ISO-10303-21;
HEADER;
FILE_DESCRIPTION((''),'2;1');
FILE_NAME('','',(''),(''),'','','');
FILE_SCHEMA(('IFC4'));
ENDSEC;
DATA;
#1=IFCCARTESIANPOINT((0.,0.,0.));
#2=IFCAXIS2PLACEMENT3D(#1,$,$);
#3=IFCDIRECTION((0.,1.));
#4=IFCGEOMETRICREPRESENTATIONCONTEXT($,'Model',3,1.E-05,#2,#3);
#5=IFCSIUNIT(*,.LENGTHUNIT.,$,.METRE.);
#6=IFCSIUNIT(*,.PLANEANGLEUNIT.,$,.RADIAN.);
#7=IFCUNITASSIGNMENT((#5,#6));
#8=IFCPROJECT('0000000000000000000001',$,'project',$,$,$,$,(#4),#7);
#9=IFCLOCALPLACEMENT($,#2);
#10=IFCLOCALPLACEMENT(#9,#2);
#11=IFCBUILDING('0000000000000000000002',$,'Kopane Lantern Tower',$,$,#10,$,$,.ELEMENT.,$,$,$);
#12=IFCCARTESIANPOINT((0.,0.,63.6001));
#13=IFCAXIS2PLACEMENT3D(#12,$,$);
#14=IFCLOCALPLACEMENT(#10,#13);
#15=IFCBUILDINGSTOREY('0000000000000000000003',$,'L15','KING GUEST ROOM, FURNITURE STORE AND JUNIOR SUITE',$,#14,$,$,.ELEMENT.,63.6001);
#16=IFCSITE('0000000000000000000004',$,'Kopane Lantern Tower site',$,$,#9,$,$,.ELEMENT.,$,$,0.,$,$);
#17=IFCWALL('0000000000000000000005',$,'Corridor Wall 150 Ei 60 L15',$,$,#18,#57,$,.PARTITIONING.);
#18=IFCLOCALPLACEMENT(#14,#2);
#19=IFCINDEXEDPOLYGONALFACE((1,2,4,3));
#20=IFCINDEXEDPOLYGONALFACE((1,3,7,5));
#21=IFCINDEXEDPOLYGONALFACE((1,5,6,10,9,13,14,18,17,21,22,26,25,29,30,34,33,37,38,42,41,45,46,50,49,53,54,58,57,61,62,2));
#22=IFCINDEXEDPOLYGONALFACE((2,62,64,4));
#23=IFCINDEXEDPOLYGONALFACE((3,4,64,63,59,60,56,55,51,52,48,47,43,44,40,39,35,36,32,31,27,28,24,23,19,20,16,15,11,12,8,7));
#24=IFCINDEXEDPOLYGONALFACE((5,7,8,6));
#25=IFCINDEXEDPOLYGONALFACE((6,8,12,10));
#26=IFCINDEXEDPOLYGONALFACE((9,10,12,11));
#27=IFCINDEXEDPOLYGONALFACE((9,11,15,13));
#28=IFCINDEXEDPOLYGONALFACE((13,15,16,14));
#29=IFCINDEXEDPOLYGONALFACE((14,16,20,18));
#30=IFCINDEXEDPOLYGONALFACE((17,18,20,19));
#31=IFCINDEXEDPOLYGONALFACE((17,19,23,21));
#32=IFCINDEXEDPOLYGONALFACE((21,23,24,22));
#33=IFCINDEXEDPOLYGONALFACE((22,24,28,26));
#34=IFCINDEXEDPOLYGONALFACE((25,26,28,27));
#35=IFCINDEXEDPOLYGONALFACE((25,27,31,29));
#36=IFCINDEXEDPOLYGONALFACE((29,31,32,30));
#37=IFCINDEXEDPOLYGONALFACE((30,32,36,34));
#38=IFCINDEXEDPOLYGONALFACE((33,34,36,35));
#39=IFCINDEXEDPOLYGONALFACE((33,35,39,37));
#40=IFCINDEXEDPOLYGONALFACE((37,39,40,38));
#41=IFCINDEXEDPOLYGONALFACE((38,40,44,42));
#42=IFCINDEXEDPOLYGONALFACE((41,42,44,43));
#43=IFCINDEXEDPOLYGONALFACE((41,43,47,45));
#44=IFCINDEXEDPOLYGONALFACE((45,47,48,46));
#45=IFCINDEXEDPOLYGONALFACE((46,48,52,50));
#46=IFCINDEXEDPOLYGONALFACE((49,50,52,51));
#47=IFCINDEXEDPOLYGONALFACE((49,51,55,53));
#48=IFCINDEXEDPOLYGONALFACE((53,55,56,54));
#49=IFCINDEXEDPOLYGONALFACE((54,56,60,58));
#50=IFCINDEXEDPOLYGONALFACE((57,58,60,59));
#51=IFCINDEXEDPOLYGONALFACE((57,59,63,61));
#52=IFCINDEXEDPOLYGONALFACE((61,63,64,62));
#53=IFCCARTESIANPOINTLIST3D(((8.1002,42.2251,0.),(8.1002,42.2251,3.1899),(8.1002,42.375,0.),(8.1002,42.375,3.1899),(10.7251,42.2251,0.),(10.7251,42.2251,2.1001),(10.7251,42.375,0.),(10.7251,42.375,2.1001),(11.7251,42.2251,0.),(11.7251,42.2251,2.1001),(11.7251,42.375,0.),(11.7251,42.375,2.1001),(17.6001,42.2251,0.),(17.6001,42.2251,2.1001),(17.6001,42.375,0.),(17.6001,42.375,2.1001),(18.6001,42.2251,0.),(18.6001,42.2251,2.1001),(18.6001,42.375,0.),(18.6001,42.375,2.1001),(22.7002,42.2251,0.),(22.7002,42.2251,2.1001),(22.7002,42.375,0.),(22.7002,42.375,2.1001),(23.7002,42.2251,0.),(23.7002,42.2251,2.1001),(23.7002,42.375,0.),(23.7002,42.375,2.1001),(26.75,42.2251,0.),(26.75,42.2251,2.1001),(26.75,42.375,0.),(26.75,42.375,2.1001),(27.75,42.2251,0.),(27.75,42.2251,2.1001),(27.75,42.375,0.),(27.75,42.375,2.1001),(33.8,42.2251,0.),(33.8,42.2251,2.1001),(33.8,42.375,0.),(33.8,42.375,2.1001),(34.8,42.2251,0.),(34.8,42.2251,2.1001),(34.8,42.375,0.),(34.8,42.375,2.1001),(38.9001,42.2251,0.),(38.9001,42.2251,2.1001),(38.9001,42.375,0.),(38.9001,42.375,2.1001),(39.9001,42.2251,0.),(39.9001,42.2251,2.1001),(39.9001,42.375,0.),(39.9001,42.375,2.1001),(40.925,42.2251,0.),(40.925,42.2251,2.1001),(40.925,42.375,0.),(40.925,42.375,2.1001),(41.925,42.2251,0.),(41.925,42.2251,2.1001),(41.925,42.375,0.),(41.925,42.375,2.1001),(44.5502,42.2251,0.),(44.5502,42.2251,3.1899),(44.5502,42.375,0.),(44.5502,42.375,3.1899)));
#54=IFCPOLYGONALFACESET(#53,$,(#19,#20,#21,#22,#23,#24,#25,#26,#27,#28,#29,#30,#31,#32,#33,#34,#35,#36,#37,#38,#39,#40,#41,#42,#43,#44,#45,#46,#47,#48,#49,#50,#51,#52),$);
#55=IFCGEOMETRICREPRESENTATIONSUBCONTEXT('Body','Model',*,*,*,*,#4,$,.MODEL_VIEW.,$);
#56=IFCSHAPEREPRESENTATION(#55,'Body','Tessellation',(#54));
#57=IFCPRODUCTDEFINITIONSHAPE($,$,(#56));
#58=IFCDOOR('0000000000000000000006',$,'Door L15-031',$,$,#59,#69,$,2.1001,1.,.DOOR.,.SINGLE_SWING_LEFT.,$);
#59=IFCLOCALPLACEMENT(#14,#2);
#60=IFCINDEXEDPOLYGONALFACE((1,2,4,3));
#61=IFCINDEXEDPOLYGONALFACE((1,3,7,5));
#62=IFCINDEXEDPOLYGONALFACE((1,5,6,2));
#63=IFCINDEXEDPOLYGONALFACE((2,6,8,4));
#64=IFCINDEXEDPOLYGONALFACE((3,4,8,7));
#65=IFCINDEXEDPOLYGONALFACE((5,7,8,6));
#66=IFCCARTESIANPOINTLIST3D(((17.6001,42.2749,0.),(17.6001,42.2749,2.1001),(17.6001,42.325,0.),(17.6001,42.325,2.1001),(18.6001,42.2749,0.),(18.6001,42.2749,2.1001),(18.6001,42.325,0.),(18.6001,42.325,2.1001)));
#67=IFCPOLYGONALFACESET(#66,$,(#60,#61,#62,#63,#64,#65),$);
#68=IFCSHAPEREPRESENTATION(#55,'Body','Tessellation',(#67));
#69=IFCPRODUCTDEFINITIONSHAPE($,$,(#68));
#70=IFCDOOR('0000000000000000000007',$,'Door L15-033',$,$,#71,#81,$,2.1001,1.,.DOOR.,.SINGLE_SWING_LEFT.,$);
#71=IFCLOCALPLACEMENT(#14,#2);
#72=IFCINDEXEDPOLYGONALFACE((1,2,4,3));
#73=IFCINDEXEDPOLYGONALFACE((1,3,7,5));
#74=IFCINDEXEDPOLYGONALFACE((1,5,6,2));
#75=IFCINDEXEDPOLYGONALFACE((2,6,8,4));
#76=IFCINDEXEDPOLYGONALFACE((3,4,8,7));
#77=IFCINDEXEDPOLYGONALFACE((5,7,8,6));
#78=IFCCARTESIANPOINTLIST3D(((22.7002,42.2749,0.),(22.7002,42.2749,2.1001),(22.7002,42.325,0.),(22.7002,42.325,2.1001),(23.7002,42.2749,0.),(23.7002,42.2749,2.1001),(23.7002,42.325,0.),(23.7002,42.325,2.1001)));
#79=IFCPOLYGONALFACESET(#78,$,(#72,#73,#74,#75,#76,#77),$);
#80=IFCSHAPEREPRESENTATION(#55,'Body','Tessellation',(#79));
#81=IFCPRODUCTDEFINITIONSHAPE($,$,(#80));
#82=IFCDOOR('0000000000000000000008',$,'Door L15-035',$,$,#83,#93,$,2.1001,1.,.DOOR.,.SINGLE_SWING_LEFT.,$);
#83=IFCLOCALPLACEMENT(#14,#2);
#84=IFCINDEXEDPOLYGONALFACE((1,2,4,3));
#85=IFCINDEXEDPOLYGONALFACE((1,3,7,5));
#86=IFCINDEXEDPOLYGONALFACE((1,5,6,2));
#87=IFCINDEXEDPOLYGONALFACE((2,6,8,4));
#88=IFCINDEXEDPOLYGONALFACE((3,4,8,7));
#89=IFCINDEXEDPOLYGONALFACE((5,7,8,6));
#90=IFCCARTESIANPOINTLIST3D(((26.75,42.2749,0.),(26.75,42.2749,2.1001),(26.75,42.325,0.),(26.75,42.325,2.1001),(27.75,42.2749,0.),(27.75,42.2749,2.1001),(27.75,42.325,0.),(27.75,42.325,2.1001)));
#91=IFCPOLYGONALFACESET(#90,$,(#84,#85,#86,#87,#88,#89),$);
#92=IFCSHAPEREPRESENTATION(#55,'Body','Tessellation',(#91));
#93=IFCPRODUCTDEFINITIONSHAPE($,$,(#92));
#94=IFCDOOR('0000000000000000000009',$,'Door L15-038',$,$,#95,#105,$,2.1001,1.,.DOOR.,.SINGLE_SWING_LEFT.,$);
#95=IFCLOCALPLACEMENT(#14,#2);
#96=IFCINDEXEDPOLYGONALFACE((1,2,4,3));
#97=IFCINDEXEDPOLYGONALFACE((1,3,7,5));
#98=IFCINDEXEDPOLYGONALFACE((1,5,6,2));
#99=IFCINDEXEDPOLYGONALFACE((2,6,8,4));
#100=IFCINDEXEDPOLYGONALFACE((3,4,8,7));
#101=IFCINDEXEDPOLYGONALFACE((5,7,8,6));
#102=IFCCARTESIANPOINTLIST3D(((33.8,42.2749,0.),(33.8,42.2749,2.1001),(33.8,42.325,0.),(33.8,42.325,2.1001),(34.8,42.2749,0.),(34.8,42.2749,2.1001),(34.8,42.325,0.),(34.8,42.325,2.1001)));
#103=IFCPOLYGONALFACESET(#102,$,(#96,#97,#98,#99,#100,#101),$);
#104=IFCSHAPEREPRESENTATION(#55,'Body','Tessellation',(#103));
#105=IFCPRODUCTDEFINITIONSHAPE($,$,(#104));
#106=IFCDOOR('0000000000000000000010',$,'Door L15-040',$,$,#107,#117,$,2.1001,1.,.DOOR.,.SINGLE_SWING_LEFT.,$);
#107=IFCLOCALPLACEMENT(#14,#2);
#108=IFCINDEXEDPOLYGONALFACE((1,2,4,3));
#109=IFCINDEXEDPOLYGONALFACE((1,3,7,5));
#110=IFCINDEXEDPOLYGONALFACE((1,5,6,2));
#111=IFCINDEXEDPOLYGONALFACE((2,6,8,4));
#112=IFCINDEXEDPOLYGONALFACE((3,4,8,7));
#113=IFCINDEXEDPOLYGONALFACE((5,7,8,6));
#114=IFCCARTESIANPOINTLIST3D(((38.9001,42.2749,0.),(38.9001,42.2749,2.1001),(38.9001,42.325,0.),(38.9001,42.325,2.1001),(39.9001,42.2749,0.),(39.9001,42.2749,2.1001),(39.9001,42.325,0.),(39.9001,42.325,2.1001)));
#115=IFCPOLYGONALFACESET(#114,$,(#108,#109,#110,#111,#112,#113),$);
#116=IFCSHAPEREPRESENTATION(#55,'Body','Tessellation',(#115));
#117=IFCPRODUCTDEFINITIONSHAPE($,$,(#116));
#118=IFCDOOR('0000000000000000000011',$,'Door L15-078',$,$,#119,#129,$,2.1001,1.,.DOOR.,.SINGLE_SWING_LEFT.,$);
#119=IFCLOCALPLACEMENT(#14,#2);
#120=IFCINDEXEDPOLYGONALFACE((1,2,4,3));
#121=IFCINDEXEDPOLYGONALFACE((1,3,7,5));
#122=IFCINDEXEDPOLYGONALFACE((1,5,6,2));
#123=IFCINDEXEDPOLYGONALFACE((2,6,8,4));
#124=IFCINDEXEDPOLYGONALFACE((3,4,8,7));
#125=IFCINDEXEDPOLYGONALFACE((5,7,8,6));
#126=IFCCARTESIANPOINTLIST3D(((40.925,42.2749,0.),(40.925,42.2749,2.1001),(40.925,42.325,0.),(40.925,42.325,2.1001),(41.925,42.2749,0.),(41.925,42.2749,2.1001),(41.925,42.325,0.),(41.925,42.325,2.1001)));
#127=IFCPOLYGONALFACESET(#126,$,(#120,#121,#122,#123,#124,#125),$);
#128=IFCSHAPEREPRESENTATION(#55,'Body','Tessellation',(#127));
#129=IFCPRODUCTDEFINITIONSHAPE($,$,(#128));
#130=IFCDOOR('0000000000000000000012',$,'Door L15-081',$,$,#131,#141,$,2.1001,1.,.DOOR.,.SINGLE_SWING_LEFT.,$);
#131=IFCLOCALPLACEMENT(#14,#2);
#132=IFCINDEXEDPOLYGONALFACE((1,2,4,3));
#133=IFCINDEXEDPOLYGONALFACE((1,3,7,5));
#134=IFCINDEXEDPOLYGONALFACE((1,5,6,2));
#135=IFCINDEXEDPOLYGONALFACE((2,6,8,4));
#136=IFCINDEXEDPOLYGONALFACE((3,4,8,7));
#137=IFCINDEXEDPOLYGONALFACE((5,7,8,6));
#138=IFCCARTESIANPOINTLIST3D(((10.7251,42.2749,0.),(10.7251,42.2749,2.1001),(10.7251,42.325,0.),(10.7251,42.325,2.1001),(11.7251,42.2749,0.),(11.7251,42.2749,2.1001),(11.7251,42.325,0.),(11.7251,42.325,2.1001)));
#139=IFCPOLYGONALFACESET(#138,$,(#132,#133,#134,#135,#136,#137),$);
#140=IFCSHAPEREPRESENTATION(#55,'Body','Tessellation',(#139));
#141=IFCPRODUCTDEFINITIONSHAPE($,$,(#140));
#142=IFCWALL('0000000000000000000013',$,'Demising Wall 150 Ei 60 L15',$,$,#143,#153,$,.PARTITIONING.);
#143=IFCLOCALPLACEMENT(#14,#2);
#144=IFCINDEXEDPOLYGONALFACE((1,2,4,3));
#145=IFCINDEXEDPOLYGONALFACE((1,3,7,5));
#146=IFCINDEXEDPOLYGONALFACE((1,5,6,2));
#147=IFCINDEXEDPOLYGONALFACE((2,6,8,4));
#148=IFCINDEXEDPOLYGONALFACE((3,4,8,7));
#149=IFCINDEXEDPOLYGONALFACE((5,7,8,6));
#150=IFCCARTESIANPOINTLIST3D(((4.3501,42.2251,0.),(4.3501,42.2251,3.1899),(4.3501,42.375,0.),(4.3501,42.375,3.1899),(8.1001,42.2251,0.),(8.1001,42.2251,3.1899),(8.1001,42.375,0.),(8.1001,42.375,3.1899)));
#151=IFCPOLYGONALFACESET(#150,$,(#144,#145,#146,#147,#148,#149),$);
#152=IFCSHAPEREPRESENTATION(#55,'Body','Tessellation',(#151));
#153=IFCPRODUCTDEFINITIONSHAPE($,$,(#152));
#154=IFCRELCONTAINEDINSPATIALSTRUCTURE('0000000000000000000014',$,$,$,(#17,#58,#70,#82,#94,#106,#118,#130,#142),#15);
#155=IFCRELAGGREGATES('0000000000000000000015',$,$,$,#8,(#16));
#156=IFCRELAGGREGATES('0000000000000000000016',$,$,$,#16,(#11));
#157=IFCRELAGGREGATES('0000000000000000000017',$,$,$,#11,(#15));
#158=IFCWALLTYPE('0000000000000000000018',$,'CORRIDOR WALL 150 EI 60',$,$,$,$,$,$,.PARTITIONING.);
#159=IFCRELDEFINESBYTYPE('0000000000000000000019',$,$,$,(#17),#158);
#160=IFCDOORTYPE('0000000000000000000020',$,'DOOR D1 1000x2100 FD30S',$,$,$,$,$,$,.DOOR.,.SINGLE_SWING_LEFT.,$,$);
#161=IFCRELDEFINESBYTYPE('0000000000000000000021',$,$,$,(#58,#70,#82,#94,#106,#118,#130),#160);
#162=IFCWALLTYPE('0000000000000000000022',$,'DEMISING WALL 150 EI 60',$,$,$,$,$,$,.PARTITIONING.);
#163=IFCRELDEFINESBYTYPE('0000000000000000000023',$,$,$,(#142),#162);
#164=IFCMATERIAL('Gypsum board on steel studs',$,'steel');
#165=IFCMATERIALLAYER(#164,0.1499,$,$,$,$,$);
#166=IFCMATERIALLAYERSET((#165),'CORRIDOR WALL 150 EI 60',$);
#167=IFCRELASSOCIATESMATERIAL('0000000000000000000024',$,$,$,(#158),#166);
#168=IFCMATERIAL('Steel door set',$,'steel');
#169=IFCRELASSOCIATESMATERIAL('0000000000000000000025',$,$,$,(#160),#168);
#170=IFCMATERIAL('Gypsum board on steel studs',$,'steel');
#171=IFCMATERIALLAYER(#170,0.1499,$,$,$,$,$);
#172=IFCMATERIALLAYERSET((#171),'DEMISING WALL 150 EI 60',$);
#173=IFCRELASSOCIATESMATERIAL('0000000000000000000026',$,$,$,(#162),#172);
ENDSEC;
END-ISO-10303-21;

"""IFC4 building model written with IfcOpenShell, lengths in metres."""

from ifc_helpers import new_model, si_unit, direction, frame, frame_2d, origin, place, context, subcontext, project, spatial, rectangle, extrude, material, layer, layer_set, type_object, element, fill, save


model = new_model("IFC4")

# Units and contexts
model_context = context("Model", 3, precision=1e-05, world=origin(), true_north=direction((0.0, 1.0)))
body_context = subcontext(model_context, "Body", "Model", "MODEL_VIEW")
ifc_project = project(units=[si_unit("LENGTHUNIT", "METRE"), si_unit("PLANEANGLEUNIT", "RADIAN")], contexts=[model_context])

# Site, building, storey
site_placement = place(None, origin())
site = spatial("IfcSite", under=ifc_project, at=site_placement, Name="Kopane Lantern Tower site", CompositionType="ELEMENT", RefElevation=0.0)
building_placement = place(site_placement, origin())
building = spatial("IfcBuilding", under=site, at=building_placement, Name="Kopane Lantern Tower", CompositionType="ELEMENT")
storey_placement = place(building_placement, frame((0.0, 0.0, 63.6001)))
storey = spatial("IfcBuildingStorey", under=building, at=storey_placement, Name="L15", Description="KING GUEST ROOM, FURNITURE STORE AND JUNIOR SUITE", CompositionType="ELEMENT", Elevation=63.6001)

# Wall, openings, doors
ifc_material_1 = material(Name="Gypsum board on steel studs", Category="steel")
ifc_layer_1 = layer(ifc_material_1, 0.1499)
ifc_layer_set_1 = layer_set([ifc_layer_1], Name="CORRIDOR WALL 150 EI 60")
wall_type_1 = type_object("IfcWallType", Name="CORRIDOR WALL 150 EI 60", PredefinedType="PARTITIONING", material=ifc_layer_set_1)
wall_1_placement = place(storey_placement, frame((8.1001, 42.3, 0.0), z_axis=(0.0, 0.0, 1.0), x_axis=(1.0, 0.0, 0.0)))
wall_1 = element("IfcWall", 1, at=wall_1_placement, inside=storey, type_object=wall_type_1, Name="Corridor Wall 150 Ei 60 L15", PredefinedType="PARTITIONING", context=body_context, shape_type="SweptSolid", body=[
    extrude(rectangle(XDim=36.45, YDim=0.1499, at=frame_2d((18.2251, 0.0))), origin(), (0.0, 0.0, 1.0), 3.1899),
])
opening_1_placement = place(wall_1_placement, frame((9.5, 0.0, 0.0)))
opening_1 = element("IfcOpeningElement", 2, at=opening_1_placement, cuts=wall_1, PredefinedType="OPENING", context=body_context, shape_type="SweptSolid", body=[
    extrude(rectangle(XDim=1.0, YDim=2.1001, at=frame_2d((0.5, 1.05))), frame((0.0, 0.085, 0.0), z_axis=(0.0, -1.0, 0.0), x_axis=(1.0, 0.0, 0.0)), (0.0, 0.0, 1.0), 0.1699),
])
opening_2_placement = place(wall_1_placement, frame((14.6001, 0.0, 0.0)))
opening_2 = element("IfcOpeningElement", 3, at=opening_2_placement, cuts=wall_1, PredefinedType="OPENING", context=body_context, shape_type="SweptSolid", body=[
    extrude(rectangle(XDim=1.0, YDim=2.1001, at=frame_2d((0.5, 1.05))), frame((0.0, 0.085, 0.0), z_axis=(0.0, -1.0, 0.0), x_axis=(1.0, 0.0, 0.0)), (0.0, 0.0, 1.0), 0.1699),
])
opening_3_placement = place(wall_1_placement, frame((18.6499, 0.0, 0.0)))
opening_3 = element("IfcOpeningElement", 4, at=opening_3_placement, cuts=wall_1, PredefinedType="OPENING", context=body_context, shape_type="SweptSolid", body=[
    extrude(rectangle(XDim=1.0, YDim=2.1001, at=frame_2d((0.5, 1.05))), frame((0.0, 0.085, 0.0), z_axis=(0.0, -1.0, 0.0), x_axis=(1.0, 0.0, 0.0)), (0.0, 0.0, 1.0), 0.1699),
])
opening_4_placement = place(wall_1_placement, frame((25.7, 0.0, 0.0)))
opening_4 = element("IfcOpeningElement", 5, at=opening_4_placement, cuts=wall_1, PredefinedType="OPENING", context=body_context, shape_type="SweptSolid", body=[
    extrude(rectangle(XDim=1.0, YDim=2.1001, at=frame_2d((0.5, 1.05))), frame((0.0, 0.085, 0.0), z_axis=(0.0, -1.0, 0.0), x_axis=(1.0, 0.0, 0.0)), (0.0, 0.0, 1.0), 0.1699),
])
opening_5_placement = place(wall_1_placement, frame((30.8, 0.0, 0.0)))
opening_5 = element("IfcOpeningElement", 6, at=opening_5_placement, cuts=wall_1, PredefinedType="OPENING", context=body_context, shape_type="SweptSolid", body=[
    extrude(rectangle(XDim=1.0, YDim=2.1001, at=frame_2d((0.5, 1.05))), frame((0.0, 0.085, 0.0), z_axis=(0.0, -1.0, 0.0), x_axis=(1.0, 0.0, 0.0)), (0.0, 0.0, 1.0), 0.1699),
])
opening_6_placement = place(wall_1_placement, frame((32.825, 0.0, 0.0)))
opening_6 = element("IfcOpeningElement", 7, at=opening_6_placement, cuts=wall_1, PredefinedType="OPENING", context=body_context, shape_type="SweptSolid", body=[
    extrude(rectangle(XDim=1.0, YDim=2.1001, at=frame_2d((0.5, 1.05))), frame((0.0, 0.085, 0.0), z_axis=(0.0, -1.0, 0.0), x_axis=(1.0, 0.0, 0.0)), (0.0, 0.0, 1.0), 0.1699),
])
opening_7_placement = place(wall_1_placement, frame((2.625, 0.0, 0.0)))
opening_7 = element("IfcOpeningElement", 8, at=opening_7_placement, cuts=wall_1, PredefinedType="OPENING", context=body_context, shape_type="SweptSolid", body=[
    extrude(rectangle(XDim=1.0, YDim=2.1001, at=frame_2d((0.5, 1.05))), frame((0.0, 0.085, 0.0), z_axis=(0.0, -1.0, 0.0), x_axis=(1.0, 0.0, 0.0)), (0.0, 0.0, 1.0), 0.1699),
])
ifc_material_2 = material(Name="Steel door set", Category="steel")
door_type = type_object("IfcDoorType", Name="DOOR D1 1000x2100 FD30S", OperationType="SINGLE_SWING_LEFT", PredefinedType="DOOR", material=ifc_material_2)
door_1_placement = place(opening_1_placement, origin())
door_1 = element("IfcDoor", 9, at=door_1_placement, inside=storey, type_object=door_type, Name="Door L15-031", OperationType="SINGLE_SWING_LEFT", OverallHeight=2.1001, OverallWidth=1.0, PredefinedType="DOOR", context=body_context, shape_type="SweptSolid", body=[
    extrude(rectangle(XDim=1.0, YDim=2.1001, at=frame_2d((0.5, 1.05))), frame((0.0, 0.0249, 0.0), z_axis=(0.0, -1.0, 0.0), x_axis=(1.0, 0.0, 0.0)), (0.0, 0.0, 1.0), 0.05),
])
fill(opening_1, door_1)
door_2_placement = place(opening_2_placement, origin())
door_2 = element("IfcDoor", 10, at=door_2_placement, inside=storey, type_object=door_type, Name="Door L15-033", OperationType="SINGLE_SWING_LEFT", OverallHeight=2.1001, OverallWidth=1.0, PredefinedType="DOOR", context=body_context, shape_type="SweptSolid", body=[
    extrude(rectangle(XDim=1.0, YDim=2.1001, at=frame_2d((0.5, 1.05))), frame((0.0, 0.0249, 0.0), z_axis=(0.0, -1.0, 0.0), x_axis=(1.0, 0.0, 0.0)), (0.0, 0.0, 1.0), 0.05),
])
fill(opening_2, door_2)
door_3_placement = place(opening_3_placement, origin())
door_3 = element("IfcDoor", 11, at=door_3_placement, inside=storey, type_object=door_type, Name="Door L15-035", OperationType="SINGLE_SWING_LEFT", OverallHeight=2.1001, OverallWidth=1.0, PredefinedType="DOOR", context=body_context, shape_type="SweptSolid", body=[
    extrude(rectangle(XDim=1.0, YDim=2.1001, at=frame_2d((0.5, 1.05))), frame((0.0, 0.0249, 0.0), z_axis=(0.0, -1.0, 0.0), x_axis=(1.0, 0.0, 0.0)), (0.0, 0.0, 1.0), 0.05),
])
fill(opening_3, door_3)
door_4_placement = place(opening_4_placement, origin())
door_4 = element("IfcDoor", 12, at=door_4_placement, inside=storey, type_object=door_type, Name="Door L15-038", OperationType="SINGLE_SWING_LEFT", OverallHeight=2.1001, OverallWidth=1.0, PredefinedType="DOOR", context=body_context, shape_type="SweptSolid", body=[
    extrude(rectangle(XDim=1.0, YDim=2.1001, at=frame_2d((0.5, 1.05))), frame((0.0, 0.0249, 0.0), z_axis=(0.0, -1.0, 0.0), x_axis=(1.0, 0.0, 0.0)), (0.0, 0.0, 1.0), 0.05),
])
fill(opening_4, door_4)
door_5_placement = place(opening_5_placement, origin())
door_5 = element("IfcDoor", 13, at=door_5_placement, inside=storey, type_object=door_type, Name="Door L15-040", OperationType="SINGLE_SWING_LEFT", OverallHeight=2.1001, OverallWidth=1.0, PredefinedType="DOOR", context=body_context, shape_type="SweptSolid", body=[
    extrude(rectangle(XDim=1.0, YDim=2.1001, at=frame_2d((0.5, 1.05))), frame((0.0, 0.0249, 0.0), z_axis=(0.0, -1.0, 0.0), x_axis=(1.0, 0.0, 0.0)), (0.0, 0.0, 1.0), 0.05),
])
fill(opening_5, door_5)
door_6_placement = place(opening_6_placement, origin())
door_6 = element("IfcDoor", 14, at=door_6_placement, inside=storey, type_object=door_type, Name="Door L15-078", OperationType="SINGLE_SWING_LEFT", OverallHeight=2.1001, OverallWidth=1.0, PredefinedType="DOOR", context=body_context, shape_type="SweptSolid", body=[
    extrude(rectangle(XDim=1.0, YDim=2.1001, at=frame_2d((0.5, 1.05))), frame((0.0, 0.0249, 0.0), z_axis=(0.0, -1.0, 0.0), x_axis=(1.0, 0.0, 0.0)), (0.0, 0.0, 1.0), 0.05),
])
fill(opening_6, door_6)
door_7_placement = place(opening_7_placement, origin())
door_7 = element("IfcDoor", 15, at=door_7_placement, inside=storey, type_object=door_type, Name="Door L15-081", OperationType="SINGLE_SWING_LEFT", OverallHeight=2.1001, OverallWidth=1.0, PredefinedType="DOOR", context=body_context, shape_type="SweptSolid", body=[
    extrude(rectangle(XDim=1.0, YDim=2.1001, at=frame_2d((0.5, 1.05))), frame((0.0, 0.0249, 0.0), z_axis=(0.0, -1.0, 0.0), x_axis=(1.0, 0.0, 0.0)), (0.0, 0.0, 1.0), 0.05),
])
fill(opening_7, door_7)

# Wall
ifc_material_3 = material(Name="Gypsum board on steel studs", Category="steel")
ifc_layer_2 = layer(ifc_material_3, 0.1499)
ifc_layer_set_2 = layer_set([ifc_layer_2], Name="DEMISING WALL 150 EI 60")
wall_type_2 = type_object("IfcWallType", Name="DEMISING WALL 150 EI 60", PredefinedType="PARTITIONING", material=ifc_layer_set_2)
wall_2_placement = place(storey_placement, frame((4.3501, 42.3, 0.0), z_axis=(0.0, 0.0, 1.0), x_axis=(1.0, 0.0, 0.0)))
element("IfcWall", 16, at=wall_2_placement, inside=storey, type_object=wall_type_2, Name="Demising Wall 150 Ei 60 L15", PredefinedType="PARTITIONING", context=body_context, shape_type="SweptSolid", body=[
    extrude(rectangle(XDim=3.75, YDim=0.1499, at=frame_2d((1.875, 0.0))), origin(), (0.0, 0.0, 1.0), 3.1899),
])

save(model, "model.ifc")
